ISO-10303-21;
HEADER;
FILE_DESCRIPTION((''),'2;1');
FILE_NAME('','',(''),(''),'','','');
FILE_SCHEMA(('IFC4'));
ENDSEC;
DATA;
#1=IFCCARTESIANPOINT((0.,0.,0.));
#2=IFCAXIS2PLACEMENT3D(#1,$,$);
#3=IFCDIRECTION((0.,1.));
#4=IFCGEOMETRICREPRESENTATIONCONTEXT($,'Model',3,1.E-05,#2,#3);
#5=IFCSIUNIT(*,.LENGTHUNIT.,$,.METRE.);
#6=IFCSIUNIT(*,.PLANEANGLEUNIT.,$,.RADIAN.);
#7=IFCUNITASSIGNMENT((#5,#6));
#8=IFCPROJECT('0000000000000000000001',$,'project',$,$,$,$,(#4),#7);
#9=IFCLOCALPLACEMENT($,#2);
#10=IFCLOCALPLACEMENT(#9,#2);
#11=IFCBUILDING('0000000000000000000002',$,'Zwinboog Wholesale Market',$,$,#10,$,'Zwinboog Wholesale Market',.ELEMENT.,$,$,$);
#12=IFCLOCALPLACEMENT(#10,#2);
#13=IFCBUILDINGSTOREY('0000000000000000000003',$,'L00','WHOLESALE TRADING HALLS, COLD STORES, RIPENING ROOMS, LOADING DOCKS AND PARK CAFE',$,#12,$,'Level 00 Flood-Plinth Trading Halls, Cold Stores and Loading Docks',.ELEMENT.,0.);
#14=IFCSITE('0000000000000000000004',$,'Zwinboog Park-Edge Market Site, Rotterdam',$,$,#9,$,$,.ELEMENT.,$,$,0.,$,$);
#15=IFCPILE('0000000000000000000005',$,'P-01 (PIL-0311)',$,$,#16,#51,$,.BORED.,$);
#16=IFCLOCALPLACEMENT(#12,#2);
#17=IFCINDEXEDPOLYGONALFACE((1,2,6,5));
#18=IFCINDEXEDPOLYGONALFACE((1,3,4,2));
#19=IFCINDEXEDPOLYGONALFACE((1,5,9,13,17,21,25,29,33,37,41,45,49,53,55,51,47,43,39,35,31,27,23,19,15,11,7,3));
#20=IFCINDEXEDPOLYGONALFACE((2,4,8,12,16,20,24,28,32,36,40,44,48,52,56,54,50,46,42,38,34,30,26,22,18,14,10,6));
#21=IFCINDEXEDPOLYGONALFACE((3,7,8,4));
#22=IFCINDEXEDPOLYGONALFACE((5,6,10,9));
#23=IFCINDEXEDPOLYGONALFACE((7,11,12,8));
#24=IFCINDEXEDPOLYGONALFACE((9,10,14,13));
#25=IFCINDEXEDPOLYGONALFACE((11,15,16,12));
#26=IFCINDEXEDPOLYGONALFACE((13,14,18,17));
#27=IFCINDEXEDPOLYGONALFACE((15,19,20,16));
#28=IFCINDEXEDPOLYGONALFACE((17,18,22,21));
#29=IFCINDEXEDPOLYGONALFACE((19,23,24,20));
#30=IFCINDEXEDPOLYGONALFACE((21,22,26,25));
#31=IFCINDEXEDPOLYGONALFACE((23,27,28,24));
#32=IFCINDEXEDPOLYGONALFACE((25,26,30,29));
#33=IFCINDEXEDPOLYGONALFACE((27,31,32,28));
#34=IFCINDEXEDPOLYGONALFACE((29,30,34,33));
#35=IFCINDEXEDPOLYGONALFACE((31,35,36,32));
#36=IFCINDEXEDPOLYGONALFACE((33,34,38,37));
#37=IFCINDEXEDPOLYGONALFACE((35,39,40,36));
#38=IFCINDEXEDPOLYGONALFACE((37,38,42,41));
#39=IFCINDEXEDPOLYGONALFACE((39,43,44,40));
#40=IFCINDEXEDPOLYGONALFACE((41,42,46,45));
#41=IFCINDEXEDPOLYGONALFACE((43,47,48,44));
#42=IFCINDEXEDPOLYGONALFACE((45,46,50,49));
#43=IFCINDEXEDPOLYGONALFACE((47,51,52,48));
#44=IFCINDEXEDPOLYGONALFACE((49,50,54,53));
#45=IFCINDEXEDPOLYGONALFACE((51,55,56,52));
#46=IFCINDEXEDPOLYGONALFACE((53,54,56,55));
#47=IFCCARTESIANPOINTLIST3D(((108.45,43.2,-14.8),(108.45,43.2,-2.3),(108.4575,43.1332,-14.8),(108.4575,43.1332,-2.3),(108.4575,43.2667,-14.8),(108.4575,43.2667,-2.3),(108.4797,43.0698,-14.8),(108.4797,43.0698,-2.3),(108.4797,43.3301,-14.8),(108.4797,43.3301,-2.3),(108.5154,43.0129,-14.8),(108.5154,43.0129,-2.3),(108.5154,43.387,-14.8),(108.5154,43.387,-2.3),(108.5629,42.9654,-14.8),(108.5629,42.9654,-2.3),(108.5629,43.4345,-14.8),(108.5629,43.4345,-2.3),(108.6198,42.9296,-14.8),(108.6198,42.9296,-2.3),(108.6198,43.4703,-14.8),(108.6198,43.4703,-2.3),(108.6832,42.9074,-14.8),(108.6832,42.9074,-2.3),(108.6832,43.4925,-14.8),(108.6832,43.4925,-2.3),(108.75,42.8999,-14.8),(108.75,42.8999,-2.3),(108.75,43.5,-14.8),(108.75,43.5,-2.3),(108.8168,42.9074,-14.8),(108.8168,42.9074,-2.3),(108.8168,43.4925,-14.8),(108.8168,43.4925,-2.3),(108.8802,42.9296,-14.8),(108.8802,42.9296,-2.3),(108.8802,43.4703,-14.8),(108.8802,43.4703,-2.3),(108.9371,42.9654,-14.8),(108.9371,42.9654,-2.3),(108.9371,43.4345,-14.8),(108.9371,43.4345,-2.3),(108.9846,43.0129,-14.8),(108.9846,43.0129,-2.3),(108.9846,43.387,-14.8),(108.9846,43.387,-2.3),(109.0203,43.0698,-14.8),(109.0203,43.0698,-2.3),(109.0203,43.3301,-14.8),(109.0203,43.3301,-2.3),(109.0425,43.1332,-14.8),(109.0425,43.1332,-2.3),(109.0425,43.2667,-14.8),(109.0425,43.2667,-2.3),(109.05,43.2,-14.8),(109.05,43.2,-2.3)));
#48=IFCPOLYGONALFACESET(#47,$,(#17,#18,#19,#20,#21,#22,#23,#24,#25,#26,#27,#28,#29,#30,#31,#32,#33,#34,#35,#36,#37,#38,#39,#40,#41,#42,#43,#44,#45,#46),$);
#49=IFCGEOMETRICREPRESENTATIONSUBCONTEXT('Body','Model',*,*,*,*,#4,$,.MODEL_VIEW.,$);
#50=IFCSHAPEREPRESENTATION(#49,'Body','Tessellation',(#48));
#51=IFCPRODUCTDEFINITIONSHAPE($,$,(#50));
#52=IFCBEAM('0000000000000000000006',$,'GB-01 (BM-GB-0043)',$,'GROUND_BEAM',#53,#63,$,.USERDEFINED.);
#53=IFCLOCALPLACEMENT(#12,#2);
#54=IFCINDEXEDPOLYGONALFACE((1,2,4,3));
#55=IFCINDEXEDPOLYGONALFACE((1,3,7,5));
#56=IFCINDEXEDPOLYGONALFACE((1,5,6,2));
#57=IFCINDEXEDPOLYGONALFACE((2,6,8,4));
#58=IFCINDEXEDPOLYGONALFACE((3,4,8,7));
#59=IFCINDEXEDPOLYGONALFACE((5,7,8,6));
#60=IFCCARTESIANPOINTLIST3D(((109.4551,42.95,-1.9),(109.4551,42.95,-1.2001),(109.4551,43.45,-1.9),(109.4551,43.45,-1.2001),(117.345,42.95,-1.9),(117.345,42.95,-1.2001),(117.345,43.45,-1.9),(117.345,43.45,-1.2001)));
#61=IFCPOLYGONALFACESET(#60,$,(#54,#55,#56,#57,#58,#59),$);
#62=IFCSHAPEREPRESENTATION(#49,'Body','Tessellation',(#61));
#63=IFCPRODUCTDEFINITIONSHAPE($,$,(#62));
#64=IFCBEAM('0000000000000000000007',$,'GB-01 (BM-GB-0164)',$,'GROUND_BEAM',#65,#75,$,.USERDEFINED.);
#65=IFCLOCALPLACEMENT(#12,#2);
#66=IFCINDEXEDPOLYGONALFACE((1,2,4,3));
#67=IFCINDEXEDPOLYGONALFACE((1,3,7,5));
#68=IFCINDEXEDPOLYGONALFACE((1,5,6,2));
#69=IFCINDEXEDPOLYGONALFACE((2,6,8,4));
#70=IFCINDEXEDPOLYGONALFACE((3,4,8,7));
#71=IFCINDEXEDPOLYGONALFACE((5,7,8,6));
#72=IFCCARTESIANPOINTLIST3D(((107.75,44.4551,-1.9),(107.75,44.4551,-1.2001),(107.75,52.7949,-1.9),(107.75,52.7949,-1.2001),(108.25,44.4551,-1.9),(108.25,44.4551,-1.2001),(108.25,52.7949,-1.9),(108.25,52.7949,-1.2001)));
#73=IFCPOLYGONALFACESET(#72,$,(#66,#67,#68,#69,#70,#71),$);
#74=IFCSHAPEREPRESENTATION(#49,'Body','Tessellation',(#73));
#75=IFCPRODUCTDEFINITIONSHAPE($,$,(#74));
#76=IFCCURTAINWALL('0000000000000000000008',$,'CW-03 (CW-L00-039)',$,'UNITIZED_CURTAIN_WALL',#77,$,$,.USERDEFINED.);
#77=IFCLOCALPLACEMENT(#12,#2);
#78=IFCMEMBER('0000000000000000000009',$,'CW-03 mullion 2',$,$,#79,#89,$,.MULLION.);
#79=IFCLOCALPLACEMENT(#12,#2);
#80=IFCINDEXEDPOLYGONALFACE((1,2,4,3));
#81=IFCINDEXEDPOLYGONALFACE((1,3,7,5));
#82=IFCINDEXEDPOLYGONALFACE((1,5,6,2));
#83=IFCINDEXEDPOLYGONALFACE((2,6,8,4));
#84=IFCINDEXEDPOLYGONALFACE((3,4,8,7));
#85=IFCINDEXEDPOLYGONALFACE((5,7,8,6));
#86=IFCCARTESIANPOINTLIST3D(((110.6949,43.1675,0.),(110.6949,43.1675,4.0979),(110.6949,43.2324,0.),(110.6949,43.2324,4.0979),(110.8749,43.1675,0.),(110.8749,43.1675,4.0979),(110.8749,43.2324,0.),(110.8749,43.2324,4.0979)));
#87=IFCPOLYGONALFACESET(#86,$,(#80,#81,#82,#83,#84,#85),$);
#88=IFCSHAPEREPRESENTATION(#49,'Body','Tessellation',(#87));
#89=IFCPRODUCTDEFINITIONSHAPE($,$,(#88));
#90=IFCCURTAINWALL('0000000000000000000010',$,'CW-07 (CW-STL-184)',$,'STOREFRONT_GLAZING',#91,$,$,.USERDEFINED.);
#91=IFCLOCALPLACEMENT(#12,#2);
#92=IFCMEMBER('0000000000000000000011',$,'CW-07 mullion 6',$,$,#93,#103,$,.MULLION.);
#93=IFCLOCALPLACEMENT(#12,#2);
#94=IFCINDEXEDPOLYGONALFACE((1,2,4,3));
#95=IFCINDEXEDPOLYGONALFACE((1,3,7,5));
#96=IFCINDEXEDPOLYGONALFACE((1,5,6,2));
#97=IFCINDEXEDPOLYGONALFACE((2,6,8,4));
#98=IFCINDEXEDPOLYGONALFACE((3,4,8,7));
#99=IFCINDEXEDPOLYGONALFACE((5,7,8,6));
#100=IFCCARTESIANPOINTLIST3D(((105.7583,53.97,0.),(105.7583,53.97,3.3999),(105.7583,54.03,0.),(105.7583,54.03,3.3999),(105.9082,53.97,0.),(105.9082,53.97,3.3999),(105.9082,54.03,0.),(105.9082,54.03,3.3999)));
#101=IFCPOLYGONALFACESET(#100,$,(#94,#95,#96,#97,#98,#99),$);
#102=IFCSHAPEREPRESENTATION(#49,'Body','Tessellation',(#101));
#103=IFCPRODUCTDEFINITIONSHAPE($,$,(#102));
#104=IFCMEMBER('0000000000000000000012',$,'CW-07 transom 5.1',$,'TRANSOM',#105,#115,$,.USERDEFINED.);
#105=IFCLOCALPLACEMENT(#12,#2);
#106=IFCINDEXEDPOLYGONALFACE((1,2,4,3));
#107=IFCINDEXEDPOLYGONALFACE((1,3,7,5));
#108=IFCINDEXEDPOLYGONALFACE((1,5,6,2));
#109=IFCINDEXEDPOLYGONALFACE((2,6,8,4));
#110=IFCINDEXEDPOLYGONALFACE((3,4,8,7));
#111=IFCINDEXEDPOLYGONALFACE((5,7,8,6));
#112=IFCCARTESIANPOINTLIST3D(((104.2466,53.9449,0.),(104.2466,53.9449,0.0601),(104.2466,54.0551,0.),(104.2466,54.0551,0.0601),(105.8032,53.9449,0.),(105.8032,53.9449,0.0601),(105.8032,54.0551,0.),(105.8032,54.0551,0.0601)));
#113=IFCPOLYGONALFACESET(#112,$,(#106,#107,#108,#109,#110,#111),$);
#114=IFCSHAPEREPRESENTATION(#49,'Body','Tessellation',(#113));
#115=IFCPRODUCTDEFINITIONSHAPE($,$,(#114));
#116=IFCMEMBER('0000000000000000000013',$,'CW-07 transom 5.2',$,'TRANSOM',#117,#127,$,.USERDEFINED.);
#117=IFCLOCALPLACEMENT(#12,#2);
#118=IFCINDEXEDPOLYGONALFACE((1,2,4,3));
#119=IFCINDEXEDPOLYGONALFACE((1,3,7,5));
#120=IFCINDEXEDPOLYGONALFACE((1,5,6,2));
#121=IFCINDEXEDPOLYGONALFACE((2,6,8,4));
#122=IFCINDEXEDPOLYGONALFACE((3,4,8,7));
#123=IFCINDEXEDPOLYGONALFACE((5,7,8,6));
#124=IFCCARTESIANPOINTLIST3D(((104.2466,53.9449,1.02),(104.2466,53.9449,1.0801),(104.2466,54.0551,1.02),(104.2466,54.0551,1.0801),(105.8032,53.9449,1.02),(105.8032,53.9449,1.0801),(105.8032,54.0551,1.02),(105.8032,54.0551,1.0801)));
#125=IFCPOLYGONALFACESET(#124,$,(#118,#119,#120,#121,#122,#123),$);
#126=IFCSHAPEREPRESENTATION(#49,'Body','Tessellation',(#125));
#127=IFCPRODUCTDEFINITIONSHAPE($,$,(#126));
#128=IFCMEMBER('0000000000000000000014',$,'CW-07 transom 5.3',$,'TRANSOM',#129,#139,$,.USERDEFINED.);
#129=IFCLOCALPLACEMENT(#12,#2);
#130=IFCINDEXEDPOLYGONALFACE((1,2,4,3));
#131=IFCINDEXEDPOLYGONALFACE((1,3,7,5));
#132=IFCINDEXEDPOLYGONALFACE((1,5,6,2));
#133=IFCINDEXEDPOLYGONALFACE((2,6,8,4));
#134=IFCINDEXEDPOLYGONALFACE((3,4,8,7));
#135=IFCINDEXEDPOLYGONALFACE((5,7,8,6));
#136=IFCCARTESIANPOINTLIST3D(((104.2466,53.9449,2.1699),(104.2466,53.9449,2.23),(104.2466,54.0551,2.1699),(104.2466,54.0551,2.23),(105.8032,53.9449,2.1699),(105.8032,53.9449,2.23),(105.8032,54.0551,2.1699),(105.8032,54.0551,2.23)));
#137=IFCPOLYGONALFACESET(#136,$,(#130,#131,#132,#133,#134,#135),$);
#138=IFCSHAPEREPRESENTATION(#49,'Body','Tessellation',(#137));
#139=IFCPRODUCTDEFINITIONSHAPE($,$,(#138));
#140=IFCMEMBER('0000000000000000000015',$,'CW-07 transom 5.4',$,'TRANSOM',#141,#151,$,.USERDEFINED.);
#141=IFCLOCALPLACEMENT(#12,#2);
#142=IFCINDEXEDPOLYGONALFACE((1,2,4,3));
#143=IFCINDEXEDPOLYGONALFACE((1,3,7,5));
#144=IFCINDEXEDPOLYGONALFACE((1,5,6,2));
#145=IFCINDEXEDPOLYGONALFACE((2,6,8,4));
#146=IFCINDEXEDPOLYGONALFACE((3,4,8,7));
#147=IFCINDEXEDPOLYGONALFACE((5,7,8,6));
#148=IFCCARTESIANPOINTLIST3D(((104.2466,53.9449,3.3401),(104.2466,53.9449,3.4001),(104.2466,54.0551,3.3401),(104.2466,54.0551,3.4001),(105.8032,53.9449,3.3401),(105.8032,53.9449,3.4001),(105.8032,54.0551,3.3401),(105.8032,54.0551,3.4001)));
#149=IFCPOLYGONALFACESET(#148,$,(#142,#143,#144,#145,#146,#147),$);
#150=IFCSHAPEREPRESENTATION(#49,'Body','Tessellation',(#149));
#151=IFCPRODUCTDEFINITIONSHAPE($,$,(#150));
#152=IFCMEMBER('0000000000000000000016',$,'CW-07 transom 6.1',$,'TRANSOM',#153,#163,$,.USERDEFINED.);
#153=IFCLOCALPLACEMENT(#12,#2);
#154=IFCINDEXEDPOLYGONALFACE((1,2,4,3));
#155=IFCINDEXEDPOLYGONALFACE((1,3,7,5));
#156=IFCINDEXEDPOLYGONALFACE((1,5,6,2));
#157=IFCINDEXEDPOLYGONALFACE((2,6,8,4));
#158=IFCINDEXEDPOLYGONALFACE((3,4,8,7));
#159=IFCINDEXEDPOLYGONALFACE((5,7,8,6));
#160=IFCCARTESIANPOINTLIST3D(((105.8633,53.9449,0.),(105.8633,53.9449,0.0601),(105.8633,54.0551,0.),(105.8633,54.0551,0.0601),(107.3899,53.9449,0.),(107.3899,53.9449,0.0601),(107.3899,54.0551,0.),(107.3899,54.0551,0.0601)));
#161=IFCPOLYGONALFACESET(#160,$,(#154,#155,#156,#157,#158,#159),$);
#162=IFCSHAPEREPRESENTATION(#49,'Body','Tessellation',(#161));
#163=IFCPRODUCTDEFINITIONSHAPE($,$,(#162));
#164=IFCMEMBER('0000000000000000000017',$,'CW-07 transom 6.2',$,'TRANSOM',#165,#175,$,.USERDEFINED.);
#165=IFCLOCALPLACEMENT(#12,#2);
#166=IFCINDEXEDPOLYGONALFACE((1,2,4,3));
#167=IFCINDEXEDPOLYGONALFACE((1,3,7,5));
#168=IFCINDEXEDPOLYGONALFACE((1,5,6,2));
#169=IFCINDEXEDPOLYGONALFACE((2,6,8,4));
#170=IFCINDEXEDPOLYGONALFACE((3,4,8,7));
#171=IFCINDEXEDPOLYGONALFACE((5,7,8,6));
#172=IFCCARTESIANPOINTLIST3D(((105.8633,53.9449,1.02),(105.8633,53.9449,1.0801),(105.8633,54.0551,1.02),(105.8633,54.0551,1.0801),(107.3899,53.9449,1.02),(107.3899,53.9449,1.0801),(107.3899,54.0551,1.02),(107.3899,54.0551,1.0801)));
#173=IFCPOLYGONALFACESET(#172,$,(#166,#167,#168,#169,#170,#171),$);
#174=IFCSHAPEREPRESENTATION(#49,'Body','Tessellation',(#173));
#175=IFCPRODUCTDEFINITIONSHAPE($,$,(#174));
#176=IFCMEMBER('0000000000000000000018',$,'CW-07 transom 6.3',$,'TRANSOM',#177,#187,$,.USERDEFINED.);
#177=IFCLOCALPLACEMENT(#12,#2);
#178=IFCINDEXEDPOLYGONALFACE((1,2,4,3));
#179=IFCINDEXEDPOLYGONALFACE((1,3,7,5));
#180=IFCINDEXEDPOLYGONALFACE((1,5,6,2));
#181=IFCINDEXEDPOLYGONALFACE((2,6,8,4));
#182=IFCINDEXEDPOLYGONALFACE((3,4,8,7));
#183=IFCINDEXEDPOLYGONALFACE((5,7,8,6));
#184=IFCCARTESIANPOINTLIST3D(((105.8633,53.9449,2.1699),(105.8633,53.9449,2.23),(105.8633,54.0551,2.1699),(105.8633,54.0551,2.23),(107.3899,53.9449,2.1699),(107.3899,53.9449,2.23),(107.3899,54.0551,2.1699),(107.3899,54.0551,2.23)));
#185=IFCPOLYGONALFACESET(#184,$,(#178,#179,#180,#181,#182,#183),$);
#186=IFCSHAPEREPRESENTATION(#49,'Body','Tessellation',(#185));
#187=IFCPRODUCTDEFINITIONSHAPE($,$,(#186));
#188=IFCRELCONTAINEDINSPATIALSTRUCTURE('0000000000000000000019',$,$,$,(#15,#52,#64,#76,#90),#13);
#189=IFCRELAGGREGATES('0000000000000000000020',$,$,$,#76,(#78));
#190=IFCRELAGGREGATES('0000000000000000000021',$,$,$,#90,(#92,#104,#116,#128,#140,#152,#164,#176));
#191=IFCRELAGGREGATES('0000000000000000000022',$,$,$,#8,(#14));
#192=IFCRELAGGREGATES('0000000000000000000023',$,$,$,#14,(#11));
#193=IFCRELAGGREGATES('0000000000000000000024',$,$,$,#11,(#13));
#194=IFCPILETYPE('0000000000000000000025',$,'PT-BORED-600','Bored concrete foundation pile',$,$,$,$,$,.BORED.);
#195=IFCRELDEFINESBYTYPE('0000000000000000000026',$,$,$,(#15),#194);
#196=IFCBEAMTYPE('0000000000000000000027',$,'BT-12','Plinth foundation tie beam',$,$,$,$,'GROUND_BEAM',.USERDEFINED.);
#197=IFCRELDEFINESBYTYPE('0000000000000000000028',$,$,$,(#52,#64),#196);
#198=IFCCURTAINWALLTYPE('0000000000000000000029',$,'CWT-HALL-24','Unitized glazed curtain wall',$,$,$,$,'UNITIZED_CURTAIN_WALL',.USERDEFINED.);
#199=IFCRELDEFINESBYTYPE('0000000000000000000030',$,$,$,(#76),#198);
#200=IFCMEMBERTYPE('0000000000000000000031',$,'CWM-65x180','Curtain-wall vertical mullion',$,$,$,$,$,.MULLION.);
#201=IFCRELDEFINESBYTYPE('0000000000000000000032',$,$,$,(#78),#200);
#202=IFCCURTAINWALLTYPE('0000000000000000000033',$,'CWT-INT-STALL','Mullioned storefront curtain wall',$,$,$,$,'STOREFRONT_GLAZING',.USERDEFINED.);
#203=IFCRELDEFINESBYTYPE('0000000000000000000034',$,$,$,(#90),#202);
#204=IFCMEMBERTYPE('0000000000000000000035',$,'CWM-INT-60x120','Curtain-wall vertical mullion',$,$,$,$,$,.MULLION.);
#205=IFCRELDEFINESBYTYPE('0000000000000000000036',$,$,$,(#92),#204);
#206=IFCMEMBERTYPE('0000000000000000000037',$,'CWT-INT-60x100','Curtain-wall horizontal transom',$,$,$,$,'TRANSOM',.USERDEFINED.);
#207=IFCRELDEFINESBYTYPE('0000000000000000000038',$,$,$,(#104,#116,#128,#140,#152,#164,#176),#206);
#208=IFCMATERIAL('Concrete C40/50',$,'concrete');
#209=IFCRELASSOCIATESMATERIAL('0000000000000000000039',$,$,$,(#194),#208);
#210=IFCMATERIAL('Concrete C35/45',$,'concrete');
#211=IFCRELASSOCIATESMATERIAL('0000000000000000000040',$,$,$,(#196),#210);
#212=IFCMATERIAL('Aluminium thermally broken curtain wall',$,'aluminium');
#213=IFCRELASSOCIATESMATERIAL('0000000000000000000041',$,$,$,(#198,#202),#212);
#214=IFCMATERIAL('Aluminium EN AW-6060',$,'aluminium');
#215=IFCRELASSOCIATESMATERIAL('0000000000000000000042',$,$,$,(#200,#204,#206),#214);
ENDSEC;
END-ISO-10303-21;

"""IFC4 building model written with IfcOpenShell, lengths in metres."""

from ifc_helpers import new_model, si_unit, direction, frame, origin, origin_2d, place, context, subcontext, project, spatial, rectangle, circle, extrude, material, material_profile, profile_set, type_object, element, aggregate, save


model = new_model("IFC4")

# Units and contexts
model_context = context("Model", 3, precision=1e-05, world=origin(), true_north=direction((0.0, 1.0)))
body_context = subcontext(model_context, "Body", "Model", "MODEL_VIEW")
ifc_project = project(units=[si_unit("LENGTHUNIT", "METRE"), si_unit("PLANEANGLEUNIT", "RADIAN")], contexts=[model_context])

# Site, building, storey
site_placement = place(None, origin())
site = spatial("IfcSite", under=ifc_project, at=site_placement, Name="Zwinboog Park-Edge Market Site, Rotterdam", CompositionType="ELEMENT", RefElevation=0.0)
building_placement = place(site_placement, origin())
building = spatial("IfcBuilding", under=site, at=building_placement, Name="Zwinboog Wholesale Market", LongName="Zwinboog Wholesale Market", CompositionType="ELEMENT")
storey_placement = place(building_placement, origin())
storey = spatial("IfcBuildingStorey", under=building, at=storey_placement, Name="L00", Description="WHOLESALE TRADING HALLS, COLD STORES, RIPENING ROOMS, LOADING DOCKS AND PARK CAFE", LongName="Level 00 Flood-Plinth Trading Halls, Cold Stores and Loading Docks", CompositionType="ELEMENT", Elevation=0.0)

# Pile
ifc_material_1 = material(Name="Concrete C40/50", Category="concrete")
ifc_material_profile_1 = material_profile(ifc_material_1, circle(Radius=0.3, at=origin_2d()), Name="PILE D600")
ifc_profile_set_1 = profile_set([ifc_material_profile_1], Name="Concrete C40/50")
pile_type = type_object("IfcPileType", Name="PT-BORED-600", Description="Bored concrete foundation pile", PredefinedType="BORED", material=ifc_profile_set_1)
pile_placement = place(storey_placement, frame((108.75, 43.2, -2.3), z_axis=(0.0, 0.0, -1.0), x_axis=(1.0, 0.0, 0.0)))
element("IfcPile", 1, at=pile_placement, inside=storey, type_object=pile_type, Name="P-01 (PIL-0311)", PredefinedType="BORED", context=body_context, shape_type="SweptSolid", body=[
    extrude(circle(Radius=0.3, at=origin_2d()), origin(), (0.0, 0.0, 1.0), 12.5),
])

# Beams
ifc_material_2 = material(Name="Concrete C35/45", Category="concrete")
ifc_material_profile_2 = material_profile(ifc_material_2, rectangle(XDim=0.5, YDim=0.7, at=origin_2d()), Name="RC 500x700")
ifc_profile_set_2 = profile_set([ifc_material_profile_2], Name="Concrete C35/45")
beam_type = type_object("IfcBeamType", Name="BT-12", Description="Plinth foundation tie beam", ElementType="GROUND_BEAM", PredefinedType="USERDEFINED", material=ifc_profile_set_2)
beam_1_placement = place(storey_placement, frame((109.4551, 43.2, -1.55), z_axis=(1.0, 0.0, 0.0), x_axis=(0.0, 1.0, 0.0)))
element("IfcBeam", 2, at=beam_1_placement, inside=storey, type_object=beam_type, Name="GB-01 (BM-GB-0043)", ObjectType="GROUND_BEAM", PredefinedType="USERDEFINED", context=body_context, shape_type="SweptSolid", body=[
    extrude(rectangle(XDim=0.5, YDim=0.7, at=origin_2d()), origin(), (0.0, 0.0, 1.0), 7.8899),
])
beam_2_placement = place(storey_placement, frame((108.0, 44.4551, -1.55), z_axis=(0.0, 1.0, 0.0), x_axis=(-1.0, 0.0, 0.0)))
element("IfcBeam", 3, at=beam_2_placement, inside=storey, type_object=beam_type, Name="GB-01 (BM-GB-0164)", ObjectType="GROUND_BEAM", PredefinedType="USERDEFINED", context=body_context, shape_type="SweptSolid", body=[
    extrude(rectangle(XDim=0.5, YDim=0.7, at=origin_2d()), origin(), (0.0, 0.0, 1.0), 8.3398),
])

# Curtain wall, member
ifc_material_3 = material(Name="Aluminium thermally broken curtain wall", Category="aluminium")
curtain_wall_type_1 = type_object("IfcCurtainWallType", Name="CWT-HALL-24", Description="Unitized glazed curtain wall", ElementType="UNITIZED_CURTAIN_WALL", PredefinedType="USERDEFINED", material=ifc_material_3)
curtain_wall_1_placement = place(storey_placement, origin())
curtain_wall_1 = element("IfcCurtainWall", 4, at=curtain_wall_1_placement, inside=storey, type_object=curtain_wall_type_1, Name="CW-03 (CW-L00-039)", ObjectType="UNITIZED_CURTAIN_WALL", PredefinedType="USERDEFINED")
ifc_material_4 = material(Name="Aluminium EN AW-6060", Category="aluminium")
ifc_material_profile_3 = material_profile(ifc_material_4, rectangle(XDim=0.0649, YDim=0.1799, at=origin_2d()), Name="AL 65x180")
ifc_profile_set_3 = profile_set([ifc_material_profile_3], Name="Aluminium EN AW-6060")
member_type_1 = type_object("IfcMemberType", Name="CWM-65x180", Description="Curtain-wall vertical mullion", PredefinedType="MULLION", material=ifc_profile_set_3)
member_1_placement = place(storey_placement, frame((110.7849, 43.2, 0.0), z_axis=(0.0, 0.0, 1.0), x_axis=(0.0, 1.0, 0.0)))
member_1 = element("IfcMember", 5, at=member_1_placement, type_object=member_type_1, Name="CW-03 mullion 2", PredefinedType="MULLION", context=body_context, shape_type="SweptSolid", body=[
    extrude(rectangle(XDim=0.0649, YDim=0.1799, at=origin_2d()), origin(), (0.0, 0.0, 1.0), 4.0979),
])

# Curtain wall, members
curtain_wall_type_2 = type_object("IfcCurtainWallType", Name="CWT-INT-STALL", Description="Mullioned storefront curtain wall", ElementType="STOREFRONT_GLAZING", PredefinedType="USERDEFINED", material=ifc_material_3)
curtain_wall_2_placement = place(storey_placement, origin())
curtain_wall_2 = element("IfcCurtainWall", 6, at=curtain_wall_2_placement, inside=storey, type_object=curtain_wall_type_2, Name="CW-07 (CW-STL-184)", ObjectType="STOREFRONT_GLAZING", PredefinedType="USERDEFINED")
ifc_material_profile_4 = material_profile(ifc_material_4, rectangle(XDim=0.0601, YDim=0.1499, at=origin_2d()), Name="AL 60x150")
ifc_profile_set_4 = profile_set([ifc_material_profile_4], Name="Aluminium EN AW-6060")
member_type_2 = type_object("IfcMemberType", Name="CWM-INT-60x120", Description="Curtain-wall vertical mullion", PredefinedType="MULLION", material=ifc_profile_set_4)
member_2_placement = place(storey_placement, frame((105.8333, 54.0, 0.0), z_axis=(0.0, 0.0, 1.0), x_axis=(0.0, 1.0, 0.0)))
member_2 = element("IfcMember", 7, at=member_2_placement, type_object=member_type_2, Name="CW-07 mullion 6", PredefinedType="MULLION", context=body_context, shape_type="SweptSolid", body=[
    extrude(rectangle(XDim=0.0601, YDim=0.1499, at=origin_2d()), origin(), (0.0, 0.0, 1.0), 3.3999),
])
ifc_material_profile_5 = material_profile(ifc_material_4, rectangle(XDim=0.1101, YDim=0.0601, at=origin_2d()), Name="AL 60x110")
ifc_profile_set_5 = profile_set([ifc_material_profile_5], Name="Aluminium EN AW-6060")
member_type_3 = type_object("IfcMemberType", Name="CWT-INT-60x100", Description="Curtain-wall horizontal transom", ElementType="TRANSOM", PredefinedType="USERDEFINED", material=ifc_profile_set_5)
member_3_placement = place(storey_placement, frame((104.2466, 54.0, 0.03), z_axis=(1.0, 0.0, 0.0), x_axis=(0.0, 1.0, 0.0)))
member_3 = element("IfcMember", 8, at=member_3_placement, type_object=member_type_3, Name="CW-07 transom 5.1", ObjectType="TRANSOM", PredefinedType="USERDEFINED", context=body_context, shape_type="SweptSolid", body=[
    extrude(rectangle(XDim=0.1101, YDim=0.0601, at=origin_2d()), origin(), (0.0, 0.0, 1.0), 1.5566),
])
member_4_placement = place(storey_placement, frame((104.2466, 54.0, 1.05), z_axis=(1.0, 0.0, 0.0), x_axis=(0.0, 1.0, 0.0)))
member_4 = element("IfcMember", 9, at=member_4_placement, type_object=member_type_3, Name="CW-07 transom 5.2", ObjectType="TRANSOM", PredefinedType="USERDEFINED", context=body_context, shape_type="SweptSolid", body=[
    extrude(rectangle(XDim=0.1101, YDim=0.0601, at=origin_2d()), origin(), (0.0, 0.0, 1.0), 1.5566),
])
member_5_placement = place(storey_placement, frame((104.2466, 54.0, 2.2), z_axis=(1.0, 0.0, 0.0), x_axis=(0.0, 1.0, 0.0)))
member_5 = element("IfcMember", 10, at=member_5_placement, type_object=member_type_3, Name="CW-07 transom 5.3", ObjectType="TRANSOM", PredefinedType="USERDEFINED", context=body_context, shape_type="SweptSolid", body=[
    extrude(rectangle(XDim=0.1101, YDim=0.0601, at=origin_2d()), origin(), (0.0, 0.0, 1.0), 1.5566),
])
member_6_placement = place(storey_placement, frame((104.2466, 54.0, 3.3701), z_axis=(1.0, 0.0, 0.0), x_axis=(0.0, 1.0, 0.0)))
member_6 = element("IfcMember", 11, at=member_6_placement, type_object=member_type_3, Name="CW-07 transom 5.4", ObjectType="TRANSOM", PredefinedType="USERDEFINED", context=body_context, shape_type="SweptSolid", body=[
    extrude(rectangle(XDim=0.1101, YDim=0.0601, at=origin_2d()), origin(), (0.0, 0.0, 1.0), 1.5566),
])
member_7_placement = place(storey_placement, frame((105.8633, 54.0, 0.03), z_axis=(1.0, 0.0, 0.0), x_axis=(0.0, 1.0, 0.0)))
member_7 = element("IfcMember", 12, at=member_7_placement, type_object=member_type_3, Name="CW-07 transom 6.1", ObjectType="TRANSOM", PredefinedType="USERDEFINED", context=body_context, shape_type="SweptSolid", body=[
    extrude(rectangle(XDim=0.1101, YDim=0.0601, at=origin_2d()), origin(), (0.0, 0.0, 1.0), 1.5266),
])
member_8_placement = place(storey_placement, frame((105.8633, 54.0, 1.05), z_axis=(1.0, 0.0, 0.0), x_axis=(0.0, 1.0, 0.0)))
member_8 = element("IfcMember", 13, at=member_8_placement, type_object=member_type_3, Name="CW-07 transom 6.2", ObjectType="TRANSOM", PredefinedType="USERDEFINED", context=body_context, shape_type="SweptSolid", body=[
    extrude(rectangle(XDim=0.1101, YDim=0.0601, at=origin_2d()), origin(), (0.0, 0.0, 1.0), 1.5266),
])
member_9_placement = place(storey_placement, frame((105.8633, 54.0, 2.2), z_axis=(1.0, 0.0, 0.0), x_axis=(0.0, 1.0, 0.0)))
member_9 = element("IfcMember", 14, at=member_9_placement, type_object=member_type_3, Name="CW-07 transom 6.3", ObjectType="TRANSOM", PredefinedType="USERDEFINED", context=body_context, shape_type="SweptSolid", body=[
    extrude(rectangle(XDim=0.1101, YDim=0.0601, at=origin_2d()), origin(), (0.0, 0.0, 1.0), 1.5266),
])

aggregate(curtain_wall_1, [member_1])
aggregate(curtain_wall_2, [member_2, member_3, member_4, member_5, member_6, member_7, member_8, member_9])

save(model, "model.ifc")
